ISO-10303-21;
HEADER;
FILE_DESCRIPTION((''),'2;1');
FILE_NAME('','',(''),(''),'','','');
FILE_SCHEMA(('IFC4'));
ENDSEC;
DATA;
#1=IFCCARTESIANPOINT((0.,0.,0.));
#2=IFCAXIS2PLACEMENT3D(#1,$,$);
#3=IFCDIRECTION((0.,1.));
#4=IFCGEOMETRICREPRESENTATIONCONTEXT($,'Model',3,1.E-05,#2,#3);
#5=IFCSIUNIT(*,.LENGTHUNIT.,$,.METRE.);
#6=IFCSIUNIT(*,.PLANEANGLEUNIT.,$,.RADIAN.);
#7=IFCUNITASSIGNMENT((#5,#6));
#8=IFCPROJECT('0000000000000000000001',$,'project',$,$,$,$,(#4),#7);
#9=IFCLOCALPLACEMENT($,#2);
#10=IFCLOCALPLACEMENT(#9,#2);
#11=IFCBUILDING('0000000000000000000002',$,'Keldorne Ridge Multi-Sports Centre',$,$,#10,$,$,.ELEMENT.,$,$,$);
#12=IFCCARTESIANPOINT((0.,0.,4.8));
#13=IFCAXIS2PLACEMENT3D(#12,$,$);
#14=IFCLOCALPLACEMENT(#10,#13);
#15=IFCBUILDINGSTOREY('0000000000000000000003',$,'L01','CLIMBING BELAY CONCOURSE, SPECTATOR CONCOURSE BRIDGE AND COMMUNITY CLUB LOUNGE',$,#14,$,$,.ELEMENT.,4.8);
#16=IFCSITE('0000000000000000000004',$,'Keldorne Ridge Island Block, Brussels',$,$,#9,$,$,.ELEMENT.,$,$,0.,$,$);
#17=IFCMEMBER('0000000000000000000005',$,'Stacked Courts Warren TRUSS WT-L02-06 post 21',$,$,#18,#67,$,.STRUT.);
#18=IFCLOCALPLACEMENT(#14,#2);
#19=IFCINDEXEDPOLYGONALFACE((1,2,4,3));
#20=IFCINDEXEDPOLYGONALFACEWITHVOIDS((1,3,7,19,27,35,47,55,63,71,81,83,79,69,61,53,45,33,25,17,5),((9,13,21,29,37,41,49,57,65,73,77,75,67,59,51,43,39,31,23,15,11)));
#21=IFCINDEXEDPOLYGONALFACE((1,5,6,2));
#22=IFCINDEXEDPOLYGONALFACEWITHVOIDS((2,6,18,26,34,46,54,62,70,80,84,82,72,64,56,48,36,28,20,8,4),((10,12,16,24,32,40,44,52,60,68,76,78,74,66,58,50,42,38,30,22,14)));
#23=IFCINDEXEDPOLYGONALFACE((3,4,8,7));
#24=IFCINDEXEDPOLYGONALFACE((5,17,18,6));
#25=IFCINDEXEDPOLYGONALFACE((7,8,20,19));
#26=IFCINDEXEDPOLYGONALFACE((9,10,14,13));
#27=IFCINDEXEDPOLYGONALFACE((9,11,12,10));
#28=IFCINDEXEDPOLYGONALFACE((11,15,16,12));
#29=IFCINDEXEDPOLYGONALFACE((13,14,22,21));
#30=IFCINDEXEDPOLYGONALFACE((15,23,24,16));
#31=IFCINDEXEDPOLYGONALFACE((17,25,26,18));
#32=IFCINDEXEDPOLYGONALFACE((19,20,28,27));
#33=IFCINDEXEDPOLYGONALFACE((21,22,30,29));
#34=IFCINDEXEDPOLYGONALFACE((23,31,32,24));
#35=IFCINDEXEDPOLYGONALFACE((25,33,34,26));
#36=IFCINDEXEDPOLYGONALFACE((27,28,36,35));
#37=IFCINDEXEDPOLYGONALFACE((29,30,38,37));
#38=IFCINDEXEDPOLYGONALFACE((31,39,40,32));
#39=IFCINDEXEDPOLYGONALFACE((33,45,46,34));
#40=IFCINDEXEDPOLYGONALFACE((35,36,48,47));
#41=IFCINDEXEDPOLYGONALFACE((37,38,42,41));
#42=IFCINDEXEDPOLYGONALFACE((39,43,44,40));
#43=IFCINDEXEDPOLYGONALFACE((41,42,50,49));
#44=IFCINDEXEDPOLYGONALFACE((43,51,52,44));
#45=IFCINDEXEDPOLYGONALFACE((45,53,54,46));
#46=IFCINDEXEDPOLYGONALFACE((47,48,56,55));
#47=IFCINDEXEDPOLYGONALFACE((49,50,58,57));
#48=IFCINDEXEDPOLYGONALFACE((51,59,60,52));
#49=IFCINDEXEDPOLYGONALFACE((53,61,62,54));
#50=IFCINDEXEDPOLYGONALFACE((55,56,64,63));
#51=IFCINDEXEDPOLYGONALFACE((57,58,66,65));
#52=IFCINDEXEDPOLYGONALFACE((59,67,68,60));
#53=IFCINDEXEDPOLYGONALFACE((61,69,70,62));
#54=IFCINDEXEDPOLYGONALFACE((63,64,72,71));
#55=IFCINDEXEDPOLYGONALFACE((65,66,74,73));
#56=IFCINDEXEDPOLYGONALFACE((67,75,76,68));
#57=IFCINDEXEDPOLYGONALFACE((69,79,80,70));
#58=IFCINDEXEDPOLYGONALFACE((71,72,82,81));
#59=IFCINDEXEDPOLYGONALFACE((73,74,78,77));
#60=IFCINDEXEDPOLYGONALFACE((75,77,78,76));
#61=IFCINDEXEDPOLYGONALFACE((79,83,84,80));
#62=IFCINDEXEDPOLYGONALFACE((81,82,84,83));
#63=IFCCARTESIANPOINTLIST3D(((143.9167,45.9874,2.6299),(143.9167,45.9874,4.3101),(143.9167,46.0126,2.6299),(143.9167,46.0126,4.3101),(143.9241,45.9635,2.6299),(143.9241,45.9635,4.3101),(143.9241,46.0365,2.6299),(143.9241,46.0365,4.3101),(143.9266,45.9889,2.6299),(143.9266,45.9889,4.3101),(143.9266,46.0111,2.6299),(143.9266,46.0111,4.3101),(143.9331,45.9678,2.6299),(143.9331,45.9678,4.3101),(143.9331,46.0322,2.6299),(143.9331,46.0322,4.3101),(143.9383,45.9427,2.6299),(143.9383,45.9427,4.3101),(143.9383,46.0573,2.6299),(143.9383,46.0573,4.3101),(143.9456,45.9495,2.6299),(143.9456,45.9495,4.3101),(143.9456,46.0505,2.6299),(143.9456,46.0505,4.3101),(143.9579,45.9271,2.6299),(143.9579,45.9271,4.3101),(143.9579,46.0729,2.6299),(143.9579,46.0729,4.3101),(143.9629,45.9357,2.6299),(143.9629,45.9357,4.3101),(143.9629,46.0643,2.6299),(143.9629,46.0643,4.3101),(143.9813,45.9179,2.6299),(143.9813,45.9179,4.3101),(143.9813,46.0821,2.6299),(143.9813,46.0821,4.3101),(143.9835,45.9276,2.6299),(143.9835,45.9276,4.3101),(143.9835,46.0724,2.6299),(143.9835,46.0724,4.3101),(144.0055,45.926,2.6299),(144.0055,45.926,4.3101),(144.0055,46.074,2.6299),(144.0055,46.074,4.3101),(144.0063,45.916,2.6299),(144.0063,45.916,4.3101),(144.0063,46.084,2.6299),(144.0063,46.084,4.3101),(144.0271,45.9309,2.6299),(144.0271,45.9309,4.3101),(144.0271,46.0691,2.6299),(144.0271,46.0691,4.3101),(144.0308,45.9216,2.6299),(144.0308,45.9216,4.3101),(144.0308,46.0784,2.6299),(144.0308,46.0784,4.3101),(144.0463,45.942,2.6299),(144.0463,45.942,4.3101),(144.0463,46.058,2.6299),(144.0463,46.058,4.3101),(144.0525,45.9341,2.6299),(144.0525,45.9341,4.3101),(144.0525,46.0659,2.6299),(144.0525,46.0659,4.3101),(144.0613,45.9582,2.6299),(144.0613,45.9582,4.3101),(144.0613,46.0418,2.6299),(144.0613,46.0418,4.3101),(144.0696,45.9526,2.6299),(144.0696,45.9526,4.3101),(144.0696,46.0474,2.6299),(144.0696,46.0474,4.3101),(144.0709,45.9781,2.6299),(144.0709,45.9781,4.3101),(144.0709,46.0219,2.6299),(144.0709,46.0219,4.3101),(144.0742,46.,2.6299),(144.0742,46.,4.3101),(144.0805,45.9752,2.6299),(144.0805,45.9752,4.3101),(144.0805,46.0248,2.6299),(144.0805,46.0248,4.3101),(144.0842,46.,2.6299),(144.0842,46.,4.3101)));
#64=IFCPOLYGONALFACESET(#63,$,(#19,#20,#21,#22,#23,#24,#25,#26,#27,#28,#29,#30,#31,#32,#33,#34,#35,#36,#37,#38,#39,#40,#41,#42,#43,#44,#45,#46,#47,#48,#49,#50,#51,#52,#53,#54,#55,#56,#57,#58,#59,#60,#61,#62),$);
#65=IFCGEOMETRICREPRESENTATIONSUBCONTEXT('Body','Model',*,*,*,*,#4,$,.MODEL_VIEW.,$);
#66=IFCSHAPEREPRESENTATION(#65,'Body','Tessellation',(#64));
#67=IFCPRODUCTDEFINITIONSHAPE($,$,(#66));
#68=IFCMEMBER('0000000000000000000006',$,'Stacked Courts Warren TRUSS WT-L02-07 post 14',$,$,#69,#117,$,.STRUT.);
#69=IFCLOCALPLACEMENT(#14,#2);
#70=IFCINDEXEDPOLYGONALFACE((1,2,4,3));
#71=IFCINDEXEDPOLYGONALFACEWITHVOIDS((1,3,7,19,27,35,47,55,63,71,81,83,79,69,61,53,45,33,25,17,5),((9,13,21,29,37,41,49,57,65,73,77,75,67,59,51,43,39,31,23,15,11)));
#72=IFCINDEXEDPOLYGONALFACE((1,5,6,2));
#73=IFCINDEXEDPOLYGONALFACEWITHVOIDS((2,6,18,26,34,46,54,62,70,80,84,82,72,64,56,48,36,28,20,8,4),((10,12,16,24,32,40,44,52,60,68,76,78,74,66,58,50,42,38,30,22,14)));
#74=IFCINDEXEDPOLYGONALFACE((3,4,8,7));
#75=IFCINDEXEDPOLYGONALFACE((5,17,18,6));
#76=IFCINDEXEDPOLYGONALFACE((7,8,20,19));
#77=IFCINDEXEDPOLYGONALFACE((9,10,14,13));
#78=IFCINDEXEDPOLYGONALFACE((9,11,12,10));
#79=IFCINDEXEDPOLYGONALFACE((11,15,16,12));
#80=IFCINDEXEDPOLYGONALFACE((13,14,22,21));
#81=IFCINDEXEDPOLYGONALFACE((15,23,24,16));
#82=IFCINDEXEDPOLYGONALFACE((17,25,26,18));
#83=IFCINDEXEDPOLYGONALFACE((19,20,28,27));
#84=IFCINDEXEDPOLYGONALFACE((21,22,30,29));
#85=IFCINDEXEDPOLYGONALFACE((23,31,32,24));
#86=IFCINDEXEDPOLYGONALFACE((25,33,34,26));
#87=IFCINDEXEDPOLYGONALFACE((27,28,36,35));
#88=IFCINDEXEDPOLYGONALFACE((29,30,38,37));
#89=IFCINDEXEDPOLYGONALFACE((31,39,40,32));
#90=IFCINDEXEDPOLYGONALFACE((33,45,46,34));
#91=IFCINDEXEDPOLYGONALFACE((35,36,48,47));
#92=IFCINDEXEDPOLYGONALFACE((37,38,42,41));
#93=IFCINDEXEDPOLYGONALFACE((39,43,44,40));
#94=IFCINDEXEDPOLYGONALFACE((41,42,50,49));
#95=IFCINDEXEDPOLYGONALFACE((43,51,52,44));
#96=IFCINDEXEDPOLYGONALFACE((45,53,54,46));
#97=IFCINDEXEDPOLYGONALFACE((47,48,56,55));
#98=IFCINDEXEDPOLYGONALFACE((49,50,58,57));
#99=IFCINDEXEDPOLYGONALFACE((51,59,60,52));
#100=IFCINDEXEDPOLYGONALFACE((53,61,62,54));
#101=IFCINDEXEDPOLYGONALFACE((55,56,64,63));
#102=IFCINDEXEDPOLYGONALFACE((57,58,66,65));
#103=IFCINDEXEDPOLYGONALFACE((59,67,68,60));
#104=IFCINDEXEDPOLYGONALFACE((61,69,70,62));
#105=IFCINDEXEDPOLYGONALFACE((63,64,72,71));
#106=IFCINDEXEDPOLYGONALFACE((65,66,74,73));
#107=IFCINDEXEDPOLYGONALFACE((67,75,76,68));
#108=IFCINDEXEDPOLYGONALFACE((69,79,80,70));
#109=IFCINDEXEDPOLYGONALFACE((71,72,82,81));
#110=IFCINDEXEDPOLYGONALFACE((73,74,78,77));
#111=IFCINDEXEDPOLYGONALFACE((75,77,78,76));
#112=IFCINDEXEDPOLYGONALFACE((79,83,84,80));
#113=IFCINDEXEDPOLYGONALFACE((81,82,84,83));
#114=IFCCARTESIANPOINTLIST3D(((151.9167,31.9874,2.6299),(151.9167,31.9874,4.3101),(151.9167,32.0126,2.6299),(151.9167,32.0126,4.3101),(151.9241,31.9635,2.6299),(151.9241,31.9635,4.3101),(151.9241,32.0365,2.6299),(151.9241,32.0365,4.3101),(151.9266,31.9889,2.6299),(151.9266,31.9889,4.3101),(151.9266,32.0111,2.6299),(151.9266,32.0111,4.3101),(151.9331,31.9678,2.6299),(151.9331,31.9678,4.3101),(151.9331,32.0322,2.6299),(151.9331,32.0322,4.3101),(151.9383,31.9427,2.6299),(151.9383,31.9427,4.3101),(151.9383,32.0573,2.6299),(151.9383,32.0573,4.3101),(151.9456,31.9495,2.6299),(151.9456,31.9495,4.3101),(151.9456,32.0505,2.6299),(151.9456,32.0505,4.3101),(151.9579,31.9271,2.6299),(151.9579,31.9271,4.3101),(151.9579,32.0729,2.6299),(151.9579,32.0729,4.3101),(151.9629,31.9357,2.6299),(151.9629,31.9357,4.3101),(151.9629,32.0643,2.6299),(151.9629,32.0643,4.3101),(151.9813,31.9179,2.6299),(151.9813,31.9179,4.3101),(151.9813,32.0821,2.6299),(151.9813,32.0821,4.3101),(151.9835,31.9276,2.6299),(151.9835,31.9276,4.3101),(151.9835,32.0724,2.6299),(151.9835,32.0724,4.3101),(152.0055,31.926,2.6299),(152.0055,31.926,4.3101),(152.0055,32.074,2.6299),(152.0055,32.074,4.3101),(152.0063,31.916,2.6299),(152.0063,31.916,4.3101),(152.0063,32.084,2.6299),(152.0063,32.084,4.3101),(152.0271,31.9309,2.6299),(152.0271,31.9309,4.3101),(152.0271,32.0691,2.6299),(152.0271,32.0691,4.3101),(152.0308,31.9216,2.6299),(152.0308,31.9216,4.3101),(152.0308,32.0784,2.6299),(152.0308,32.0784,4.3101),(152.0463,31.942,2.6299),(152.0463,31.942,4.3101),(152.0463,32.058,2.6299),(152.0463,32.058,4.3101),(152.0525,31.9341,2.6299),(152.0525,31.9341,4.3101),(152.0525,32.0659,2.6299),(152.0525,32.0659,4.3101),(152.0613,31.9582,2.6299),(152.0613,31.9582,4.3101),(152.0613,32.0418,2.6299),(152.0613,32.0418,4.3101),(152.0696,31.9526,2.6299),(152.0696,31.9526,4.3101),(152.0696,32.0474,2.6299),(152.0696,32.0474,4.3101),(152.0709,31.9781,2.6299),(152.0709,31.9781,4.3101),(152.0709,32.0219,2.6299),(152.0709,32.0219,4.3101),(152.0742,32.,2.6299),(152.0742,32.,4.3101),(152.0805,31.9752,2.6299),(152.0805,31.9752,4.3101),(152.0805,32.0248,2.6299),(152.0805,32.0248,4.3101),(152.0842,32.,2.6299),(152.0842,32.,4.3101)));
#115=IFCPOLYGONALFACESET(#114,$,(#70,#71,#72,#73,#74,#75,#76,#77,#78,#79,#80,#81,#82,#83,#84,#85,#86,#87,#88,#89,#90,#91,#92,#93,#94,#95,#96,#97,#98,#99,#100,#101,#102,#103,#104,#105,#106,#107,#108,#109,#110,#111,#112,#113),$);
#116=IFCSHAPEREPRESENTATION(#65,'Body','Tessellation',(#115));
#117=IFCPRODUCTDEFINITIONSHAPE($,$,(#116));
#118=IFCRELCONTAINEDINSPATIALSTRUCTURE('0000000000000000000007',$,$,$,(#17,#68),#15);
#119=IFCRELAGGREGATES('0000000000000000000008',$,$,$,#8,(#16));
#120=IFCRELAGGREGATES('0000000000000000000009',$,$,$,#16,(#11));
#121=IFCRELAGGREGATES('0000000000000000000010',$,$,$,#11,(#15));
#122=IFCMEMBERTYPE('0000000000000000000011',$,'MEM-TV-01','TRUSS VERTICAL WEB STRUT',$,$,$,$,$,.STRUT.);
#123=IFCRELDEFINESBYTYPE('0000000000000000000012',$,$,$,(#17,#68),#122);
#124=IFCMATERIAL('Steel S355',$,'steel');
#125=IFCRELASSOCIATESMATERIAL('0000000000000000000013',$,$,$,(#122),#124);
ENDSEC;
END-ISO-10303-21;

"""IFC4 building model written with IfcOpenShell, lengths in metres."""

from ifc_helpers import new_model, si_unit, direction, frame, origin, origin_2d, place, context, subcontext, project, spatial, hollow_circle, extrude, material, material_profile, profile_set, type_object, element, save


model = new_model("IFC4")

# Units and contexts
model_context = context("Model", 3, precision=1e-05, world=origin(), true_north=direction((0.0, 1.0)))
body_context = subcontext(model_context, "Body", "Model", "MODEL_VIEW")
ifc_project = project(units=[si_unit("LENGTHUNIT", "METRE"), si_unit("PLANEANGLEUNIT", "RADIAN")], contexts=[model_context])

# Site, building, storey
site_placement = place(None, origin())
site = spatial("IfcSite", under=ifc_project, at=site_placement, Name="Keldorne Ridge Island Block, Brussels", CompositionType="ELEMENT", RefElevation=0.0)
building_placement = place(site_placement, origin())
building = spatial("IfcBuilding", under=site, at=building_placement, Name="Keldorne Ridge Multi-Sports Centre", CompositionType="ELEMENT")
storey_placement = place(building_placement, frame((0.0, 0.0, 4.8)))
storey = spatial("IfcBuildingStorey", under=building, at=storey_placement, Name="L01", Description="CLIMBING BELAY CONCOURSE, SPECTATOR CONCOURSE BRIDGE AND COMMUNITY CLUB LOUNGE", CompositionType="ELEMENT", Elevation=4.8)

# Members
ifc_material = material(Name="Steel S355", Category="steel")
ifc_material_profile_1 = material_profile(ifc_material, hollow_circle(Radius=0.0842, WallThickness=0.01, at=origin_2d()), Name="CHS 168.3x10")
ifc_profile_set_1 = profile_set([ifc_material_profile_1], Name="Steel S355")
member_type_1 = type_object("IfcMemberType", Name="MEM-TV-01", Description="TRUSS VERTICAL WEB STRUT", PredefinedType="STRUT", material=ifc_profile_set_1)
for number, where, z_axis, x_axis, name in (
    (1, (144.0, 46.0, 2.6299), (0.0, 0.0, 1.0), (1.0, 0.0, 0.0), "Stacked Courts Warren TRUSS WT-L02-06 post 21"),
    (2, (152.0, 32.0, 2.6299), (0.0, 0.0, 1.0), (1.0, 0.0, 0.0), "Stacked Courts Warren TRUSS WT-L02-07 post 14"),
):
    element("IfcMember", number, at=place(storey_placement, frame(where, z_axis=z_axis, x_axis=x_axis)), inside=storey, type_object=member_type_1, Name=name, PredefinedType="STRUT", context=body_context, shape_type="SweptSolid", body=[
        extrude(hollow_circle(Radius=0.0842, WallThickness=0.01, at=origin_2d()), origin(), (0.0, 0.0, 1.0), 1.6802),
    ])

save(model, "model.ifc")
